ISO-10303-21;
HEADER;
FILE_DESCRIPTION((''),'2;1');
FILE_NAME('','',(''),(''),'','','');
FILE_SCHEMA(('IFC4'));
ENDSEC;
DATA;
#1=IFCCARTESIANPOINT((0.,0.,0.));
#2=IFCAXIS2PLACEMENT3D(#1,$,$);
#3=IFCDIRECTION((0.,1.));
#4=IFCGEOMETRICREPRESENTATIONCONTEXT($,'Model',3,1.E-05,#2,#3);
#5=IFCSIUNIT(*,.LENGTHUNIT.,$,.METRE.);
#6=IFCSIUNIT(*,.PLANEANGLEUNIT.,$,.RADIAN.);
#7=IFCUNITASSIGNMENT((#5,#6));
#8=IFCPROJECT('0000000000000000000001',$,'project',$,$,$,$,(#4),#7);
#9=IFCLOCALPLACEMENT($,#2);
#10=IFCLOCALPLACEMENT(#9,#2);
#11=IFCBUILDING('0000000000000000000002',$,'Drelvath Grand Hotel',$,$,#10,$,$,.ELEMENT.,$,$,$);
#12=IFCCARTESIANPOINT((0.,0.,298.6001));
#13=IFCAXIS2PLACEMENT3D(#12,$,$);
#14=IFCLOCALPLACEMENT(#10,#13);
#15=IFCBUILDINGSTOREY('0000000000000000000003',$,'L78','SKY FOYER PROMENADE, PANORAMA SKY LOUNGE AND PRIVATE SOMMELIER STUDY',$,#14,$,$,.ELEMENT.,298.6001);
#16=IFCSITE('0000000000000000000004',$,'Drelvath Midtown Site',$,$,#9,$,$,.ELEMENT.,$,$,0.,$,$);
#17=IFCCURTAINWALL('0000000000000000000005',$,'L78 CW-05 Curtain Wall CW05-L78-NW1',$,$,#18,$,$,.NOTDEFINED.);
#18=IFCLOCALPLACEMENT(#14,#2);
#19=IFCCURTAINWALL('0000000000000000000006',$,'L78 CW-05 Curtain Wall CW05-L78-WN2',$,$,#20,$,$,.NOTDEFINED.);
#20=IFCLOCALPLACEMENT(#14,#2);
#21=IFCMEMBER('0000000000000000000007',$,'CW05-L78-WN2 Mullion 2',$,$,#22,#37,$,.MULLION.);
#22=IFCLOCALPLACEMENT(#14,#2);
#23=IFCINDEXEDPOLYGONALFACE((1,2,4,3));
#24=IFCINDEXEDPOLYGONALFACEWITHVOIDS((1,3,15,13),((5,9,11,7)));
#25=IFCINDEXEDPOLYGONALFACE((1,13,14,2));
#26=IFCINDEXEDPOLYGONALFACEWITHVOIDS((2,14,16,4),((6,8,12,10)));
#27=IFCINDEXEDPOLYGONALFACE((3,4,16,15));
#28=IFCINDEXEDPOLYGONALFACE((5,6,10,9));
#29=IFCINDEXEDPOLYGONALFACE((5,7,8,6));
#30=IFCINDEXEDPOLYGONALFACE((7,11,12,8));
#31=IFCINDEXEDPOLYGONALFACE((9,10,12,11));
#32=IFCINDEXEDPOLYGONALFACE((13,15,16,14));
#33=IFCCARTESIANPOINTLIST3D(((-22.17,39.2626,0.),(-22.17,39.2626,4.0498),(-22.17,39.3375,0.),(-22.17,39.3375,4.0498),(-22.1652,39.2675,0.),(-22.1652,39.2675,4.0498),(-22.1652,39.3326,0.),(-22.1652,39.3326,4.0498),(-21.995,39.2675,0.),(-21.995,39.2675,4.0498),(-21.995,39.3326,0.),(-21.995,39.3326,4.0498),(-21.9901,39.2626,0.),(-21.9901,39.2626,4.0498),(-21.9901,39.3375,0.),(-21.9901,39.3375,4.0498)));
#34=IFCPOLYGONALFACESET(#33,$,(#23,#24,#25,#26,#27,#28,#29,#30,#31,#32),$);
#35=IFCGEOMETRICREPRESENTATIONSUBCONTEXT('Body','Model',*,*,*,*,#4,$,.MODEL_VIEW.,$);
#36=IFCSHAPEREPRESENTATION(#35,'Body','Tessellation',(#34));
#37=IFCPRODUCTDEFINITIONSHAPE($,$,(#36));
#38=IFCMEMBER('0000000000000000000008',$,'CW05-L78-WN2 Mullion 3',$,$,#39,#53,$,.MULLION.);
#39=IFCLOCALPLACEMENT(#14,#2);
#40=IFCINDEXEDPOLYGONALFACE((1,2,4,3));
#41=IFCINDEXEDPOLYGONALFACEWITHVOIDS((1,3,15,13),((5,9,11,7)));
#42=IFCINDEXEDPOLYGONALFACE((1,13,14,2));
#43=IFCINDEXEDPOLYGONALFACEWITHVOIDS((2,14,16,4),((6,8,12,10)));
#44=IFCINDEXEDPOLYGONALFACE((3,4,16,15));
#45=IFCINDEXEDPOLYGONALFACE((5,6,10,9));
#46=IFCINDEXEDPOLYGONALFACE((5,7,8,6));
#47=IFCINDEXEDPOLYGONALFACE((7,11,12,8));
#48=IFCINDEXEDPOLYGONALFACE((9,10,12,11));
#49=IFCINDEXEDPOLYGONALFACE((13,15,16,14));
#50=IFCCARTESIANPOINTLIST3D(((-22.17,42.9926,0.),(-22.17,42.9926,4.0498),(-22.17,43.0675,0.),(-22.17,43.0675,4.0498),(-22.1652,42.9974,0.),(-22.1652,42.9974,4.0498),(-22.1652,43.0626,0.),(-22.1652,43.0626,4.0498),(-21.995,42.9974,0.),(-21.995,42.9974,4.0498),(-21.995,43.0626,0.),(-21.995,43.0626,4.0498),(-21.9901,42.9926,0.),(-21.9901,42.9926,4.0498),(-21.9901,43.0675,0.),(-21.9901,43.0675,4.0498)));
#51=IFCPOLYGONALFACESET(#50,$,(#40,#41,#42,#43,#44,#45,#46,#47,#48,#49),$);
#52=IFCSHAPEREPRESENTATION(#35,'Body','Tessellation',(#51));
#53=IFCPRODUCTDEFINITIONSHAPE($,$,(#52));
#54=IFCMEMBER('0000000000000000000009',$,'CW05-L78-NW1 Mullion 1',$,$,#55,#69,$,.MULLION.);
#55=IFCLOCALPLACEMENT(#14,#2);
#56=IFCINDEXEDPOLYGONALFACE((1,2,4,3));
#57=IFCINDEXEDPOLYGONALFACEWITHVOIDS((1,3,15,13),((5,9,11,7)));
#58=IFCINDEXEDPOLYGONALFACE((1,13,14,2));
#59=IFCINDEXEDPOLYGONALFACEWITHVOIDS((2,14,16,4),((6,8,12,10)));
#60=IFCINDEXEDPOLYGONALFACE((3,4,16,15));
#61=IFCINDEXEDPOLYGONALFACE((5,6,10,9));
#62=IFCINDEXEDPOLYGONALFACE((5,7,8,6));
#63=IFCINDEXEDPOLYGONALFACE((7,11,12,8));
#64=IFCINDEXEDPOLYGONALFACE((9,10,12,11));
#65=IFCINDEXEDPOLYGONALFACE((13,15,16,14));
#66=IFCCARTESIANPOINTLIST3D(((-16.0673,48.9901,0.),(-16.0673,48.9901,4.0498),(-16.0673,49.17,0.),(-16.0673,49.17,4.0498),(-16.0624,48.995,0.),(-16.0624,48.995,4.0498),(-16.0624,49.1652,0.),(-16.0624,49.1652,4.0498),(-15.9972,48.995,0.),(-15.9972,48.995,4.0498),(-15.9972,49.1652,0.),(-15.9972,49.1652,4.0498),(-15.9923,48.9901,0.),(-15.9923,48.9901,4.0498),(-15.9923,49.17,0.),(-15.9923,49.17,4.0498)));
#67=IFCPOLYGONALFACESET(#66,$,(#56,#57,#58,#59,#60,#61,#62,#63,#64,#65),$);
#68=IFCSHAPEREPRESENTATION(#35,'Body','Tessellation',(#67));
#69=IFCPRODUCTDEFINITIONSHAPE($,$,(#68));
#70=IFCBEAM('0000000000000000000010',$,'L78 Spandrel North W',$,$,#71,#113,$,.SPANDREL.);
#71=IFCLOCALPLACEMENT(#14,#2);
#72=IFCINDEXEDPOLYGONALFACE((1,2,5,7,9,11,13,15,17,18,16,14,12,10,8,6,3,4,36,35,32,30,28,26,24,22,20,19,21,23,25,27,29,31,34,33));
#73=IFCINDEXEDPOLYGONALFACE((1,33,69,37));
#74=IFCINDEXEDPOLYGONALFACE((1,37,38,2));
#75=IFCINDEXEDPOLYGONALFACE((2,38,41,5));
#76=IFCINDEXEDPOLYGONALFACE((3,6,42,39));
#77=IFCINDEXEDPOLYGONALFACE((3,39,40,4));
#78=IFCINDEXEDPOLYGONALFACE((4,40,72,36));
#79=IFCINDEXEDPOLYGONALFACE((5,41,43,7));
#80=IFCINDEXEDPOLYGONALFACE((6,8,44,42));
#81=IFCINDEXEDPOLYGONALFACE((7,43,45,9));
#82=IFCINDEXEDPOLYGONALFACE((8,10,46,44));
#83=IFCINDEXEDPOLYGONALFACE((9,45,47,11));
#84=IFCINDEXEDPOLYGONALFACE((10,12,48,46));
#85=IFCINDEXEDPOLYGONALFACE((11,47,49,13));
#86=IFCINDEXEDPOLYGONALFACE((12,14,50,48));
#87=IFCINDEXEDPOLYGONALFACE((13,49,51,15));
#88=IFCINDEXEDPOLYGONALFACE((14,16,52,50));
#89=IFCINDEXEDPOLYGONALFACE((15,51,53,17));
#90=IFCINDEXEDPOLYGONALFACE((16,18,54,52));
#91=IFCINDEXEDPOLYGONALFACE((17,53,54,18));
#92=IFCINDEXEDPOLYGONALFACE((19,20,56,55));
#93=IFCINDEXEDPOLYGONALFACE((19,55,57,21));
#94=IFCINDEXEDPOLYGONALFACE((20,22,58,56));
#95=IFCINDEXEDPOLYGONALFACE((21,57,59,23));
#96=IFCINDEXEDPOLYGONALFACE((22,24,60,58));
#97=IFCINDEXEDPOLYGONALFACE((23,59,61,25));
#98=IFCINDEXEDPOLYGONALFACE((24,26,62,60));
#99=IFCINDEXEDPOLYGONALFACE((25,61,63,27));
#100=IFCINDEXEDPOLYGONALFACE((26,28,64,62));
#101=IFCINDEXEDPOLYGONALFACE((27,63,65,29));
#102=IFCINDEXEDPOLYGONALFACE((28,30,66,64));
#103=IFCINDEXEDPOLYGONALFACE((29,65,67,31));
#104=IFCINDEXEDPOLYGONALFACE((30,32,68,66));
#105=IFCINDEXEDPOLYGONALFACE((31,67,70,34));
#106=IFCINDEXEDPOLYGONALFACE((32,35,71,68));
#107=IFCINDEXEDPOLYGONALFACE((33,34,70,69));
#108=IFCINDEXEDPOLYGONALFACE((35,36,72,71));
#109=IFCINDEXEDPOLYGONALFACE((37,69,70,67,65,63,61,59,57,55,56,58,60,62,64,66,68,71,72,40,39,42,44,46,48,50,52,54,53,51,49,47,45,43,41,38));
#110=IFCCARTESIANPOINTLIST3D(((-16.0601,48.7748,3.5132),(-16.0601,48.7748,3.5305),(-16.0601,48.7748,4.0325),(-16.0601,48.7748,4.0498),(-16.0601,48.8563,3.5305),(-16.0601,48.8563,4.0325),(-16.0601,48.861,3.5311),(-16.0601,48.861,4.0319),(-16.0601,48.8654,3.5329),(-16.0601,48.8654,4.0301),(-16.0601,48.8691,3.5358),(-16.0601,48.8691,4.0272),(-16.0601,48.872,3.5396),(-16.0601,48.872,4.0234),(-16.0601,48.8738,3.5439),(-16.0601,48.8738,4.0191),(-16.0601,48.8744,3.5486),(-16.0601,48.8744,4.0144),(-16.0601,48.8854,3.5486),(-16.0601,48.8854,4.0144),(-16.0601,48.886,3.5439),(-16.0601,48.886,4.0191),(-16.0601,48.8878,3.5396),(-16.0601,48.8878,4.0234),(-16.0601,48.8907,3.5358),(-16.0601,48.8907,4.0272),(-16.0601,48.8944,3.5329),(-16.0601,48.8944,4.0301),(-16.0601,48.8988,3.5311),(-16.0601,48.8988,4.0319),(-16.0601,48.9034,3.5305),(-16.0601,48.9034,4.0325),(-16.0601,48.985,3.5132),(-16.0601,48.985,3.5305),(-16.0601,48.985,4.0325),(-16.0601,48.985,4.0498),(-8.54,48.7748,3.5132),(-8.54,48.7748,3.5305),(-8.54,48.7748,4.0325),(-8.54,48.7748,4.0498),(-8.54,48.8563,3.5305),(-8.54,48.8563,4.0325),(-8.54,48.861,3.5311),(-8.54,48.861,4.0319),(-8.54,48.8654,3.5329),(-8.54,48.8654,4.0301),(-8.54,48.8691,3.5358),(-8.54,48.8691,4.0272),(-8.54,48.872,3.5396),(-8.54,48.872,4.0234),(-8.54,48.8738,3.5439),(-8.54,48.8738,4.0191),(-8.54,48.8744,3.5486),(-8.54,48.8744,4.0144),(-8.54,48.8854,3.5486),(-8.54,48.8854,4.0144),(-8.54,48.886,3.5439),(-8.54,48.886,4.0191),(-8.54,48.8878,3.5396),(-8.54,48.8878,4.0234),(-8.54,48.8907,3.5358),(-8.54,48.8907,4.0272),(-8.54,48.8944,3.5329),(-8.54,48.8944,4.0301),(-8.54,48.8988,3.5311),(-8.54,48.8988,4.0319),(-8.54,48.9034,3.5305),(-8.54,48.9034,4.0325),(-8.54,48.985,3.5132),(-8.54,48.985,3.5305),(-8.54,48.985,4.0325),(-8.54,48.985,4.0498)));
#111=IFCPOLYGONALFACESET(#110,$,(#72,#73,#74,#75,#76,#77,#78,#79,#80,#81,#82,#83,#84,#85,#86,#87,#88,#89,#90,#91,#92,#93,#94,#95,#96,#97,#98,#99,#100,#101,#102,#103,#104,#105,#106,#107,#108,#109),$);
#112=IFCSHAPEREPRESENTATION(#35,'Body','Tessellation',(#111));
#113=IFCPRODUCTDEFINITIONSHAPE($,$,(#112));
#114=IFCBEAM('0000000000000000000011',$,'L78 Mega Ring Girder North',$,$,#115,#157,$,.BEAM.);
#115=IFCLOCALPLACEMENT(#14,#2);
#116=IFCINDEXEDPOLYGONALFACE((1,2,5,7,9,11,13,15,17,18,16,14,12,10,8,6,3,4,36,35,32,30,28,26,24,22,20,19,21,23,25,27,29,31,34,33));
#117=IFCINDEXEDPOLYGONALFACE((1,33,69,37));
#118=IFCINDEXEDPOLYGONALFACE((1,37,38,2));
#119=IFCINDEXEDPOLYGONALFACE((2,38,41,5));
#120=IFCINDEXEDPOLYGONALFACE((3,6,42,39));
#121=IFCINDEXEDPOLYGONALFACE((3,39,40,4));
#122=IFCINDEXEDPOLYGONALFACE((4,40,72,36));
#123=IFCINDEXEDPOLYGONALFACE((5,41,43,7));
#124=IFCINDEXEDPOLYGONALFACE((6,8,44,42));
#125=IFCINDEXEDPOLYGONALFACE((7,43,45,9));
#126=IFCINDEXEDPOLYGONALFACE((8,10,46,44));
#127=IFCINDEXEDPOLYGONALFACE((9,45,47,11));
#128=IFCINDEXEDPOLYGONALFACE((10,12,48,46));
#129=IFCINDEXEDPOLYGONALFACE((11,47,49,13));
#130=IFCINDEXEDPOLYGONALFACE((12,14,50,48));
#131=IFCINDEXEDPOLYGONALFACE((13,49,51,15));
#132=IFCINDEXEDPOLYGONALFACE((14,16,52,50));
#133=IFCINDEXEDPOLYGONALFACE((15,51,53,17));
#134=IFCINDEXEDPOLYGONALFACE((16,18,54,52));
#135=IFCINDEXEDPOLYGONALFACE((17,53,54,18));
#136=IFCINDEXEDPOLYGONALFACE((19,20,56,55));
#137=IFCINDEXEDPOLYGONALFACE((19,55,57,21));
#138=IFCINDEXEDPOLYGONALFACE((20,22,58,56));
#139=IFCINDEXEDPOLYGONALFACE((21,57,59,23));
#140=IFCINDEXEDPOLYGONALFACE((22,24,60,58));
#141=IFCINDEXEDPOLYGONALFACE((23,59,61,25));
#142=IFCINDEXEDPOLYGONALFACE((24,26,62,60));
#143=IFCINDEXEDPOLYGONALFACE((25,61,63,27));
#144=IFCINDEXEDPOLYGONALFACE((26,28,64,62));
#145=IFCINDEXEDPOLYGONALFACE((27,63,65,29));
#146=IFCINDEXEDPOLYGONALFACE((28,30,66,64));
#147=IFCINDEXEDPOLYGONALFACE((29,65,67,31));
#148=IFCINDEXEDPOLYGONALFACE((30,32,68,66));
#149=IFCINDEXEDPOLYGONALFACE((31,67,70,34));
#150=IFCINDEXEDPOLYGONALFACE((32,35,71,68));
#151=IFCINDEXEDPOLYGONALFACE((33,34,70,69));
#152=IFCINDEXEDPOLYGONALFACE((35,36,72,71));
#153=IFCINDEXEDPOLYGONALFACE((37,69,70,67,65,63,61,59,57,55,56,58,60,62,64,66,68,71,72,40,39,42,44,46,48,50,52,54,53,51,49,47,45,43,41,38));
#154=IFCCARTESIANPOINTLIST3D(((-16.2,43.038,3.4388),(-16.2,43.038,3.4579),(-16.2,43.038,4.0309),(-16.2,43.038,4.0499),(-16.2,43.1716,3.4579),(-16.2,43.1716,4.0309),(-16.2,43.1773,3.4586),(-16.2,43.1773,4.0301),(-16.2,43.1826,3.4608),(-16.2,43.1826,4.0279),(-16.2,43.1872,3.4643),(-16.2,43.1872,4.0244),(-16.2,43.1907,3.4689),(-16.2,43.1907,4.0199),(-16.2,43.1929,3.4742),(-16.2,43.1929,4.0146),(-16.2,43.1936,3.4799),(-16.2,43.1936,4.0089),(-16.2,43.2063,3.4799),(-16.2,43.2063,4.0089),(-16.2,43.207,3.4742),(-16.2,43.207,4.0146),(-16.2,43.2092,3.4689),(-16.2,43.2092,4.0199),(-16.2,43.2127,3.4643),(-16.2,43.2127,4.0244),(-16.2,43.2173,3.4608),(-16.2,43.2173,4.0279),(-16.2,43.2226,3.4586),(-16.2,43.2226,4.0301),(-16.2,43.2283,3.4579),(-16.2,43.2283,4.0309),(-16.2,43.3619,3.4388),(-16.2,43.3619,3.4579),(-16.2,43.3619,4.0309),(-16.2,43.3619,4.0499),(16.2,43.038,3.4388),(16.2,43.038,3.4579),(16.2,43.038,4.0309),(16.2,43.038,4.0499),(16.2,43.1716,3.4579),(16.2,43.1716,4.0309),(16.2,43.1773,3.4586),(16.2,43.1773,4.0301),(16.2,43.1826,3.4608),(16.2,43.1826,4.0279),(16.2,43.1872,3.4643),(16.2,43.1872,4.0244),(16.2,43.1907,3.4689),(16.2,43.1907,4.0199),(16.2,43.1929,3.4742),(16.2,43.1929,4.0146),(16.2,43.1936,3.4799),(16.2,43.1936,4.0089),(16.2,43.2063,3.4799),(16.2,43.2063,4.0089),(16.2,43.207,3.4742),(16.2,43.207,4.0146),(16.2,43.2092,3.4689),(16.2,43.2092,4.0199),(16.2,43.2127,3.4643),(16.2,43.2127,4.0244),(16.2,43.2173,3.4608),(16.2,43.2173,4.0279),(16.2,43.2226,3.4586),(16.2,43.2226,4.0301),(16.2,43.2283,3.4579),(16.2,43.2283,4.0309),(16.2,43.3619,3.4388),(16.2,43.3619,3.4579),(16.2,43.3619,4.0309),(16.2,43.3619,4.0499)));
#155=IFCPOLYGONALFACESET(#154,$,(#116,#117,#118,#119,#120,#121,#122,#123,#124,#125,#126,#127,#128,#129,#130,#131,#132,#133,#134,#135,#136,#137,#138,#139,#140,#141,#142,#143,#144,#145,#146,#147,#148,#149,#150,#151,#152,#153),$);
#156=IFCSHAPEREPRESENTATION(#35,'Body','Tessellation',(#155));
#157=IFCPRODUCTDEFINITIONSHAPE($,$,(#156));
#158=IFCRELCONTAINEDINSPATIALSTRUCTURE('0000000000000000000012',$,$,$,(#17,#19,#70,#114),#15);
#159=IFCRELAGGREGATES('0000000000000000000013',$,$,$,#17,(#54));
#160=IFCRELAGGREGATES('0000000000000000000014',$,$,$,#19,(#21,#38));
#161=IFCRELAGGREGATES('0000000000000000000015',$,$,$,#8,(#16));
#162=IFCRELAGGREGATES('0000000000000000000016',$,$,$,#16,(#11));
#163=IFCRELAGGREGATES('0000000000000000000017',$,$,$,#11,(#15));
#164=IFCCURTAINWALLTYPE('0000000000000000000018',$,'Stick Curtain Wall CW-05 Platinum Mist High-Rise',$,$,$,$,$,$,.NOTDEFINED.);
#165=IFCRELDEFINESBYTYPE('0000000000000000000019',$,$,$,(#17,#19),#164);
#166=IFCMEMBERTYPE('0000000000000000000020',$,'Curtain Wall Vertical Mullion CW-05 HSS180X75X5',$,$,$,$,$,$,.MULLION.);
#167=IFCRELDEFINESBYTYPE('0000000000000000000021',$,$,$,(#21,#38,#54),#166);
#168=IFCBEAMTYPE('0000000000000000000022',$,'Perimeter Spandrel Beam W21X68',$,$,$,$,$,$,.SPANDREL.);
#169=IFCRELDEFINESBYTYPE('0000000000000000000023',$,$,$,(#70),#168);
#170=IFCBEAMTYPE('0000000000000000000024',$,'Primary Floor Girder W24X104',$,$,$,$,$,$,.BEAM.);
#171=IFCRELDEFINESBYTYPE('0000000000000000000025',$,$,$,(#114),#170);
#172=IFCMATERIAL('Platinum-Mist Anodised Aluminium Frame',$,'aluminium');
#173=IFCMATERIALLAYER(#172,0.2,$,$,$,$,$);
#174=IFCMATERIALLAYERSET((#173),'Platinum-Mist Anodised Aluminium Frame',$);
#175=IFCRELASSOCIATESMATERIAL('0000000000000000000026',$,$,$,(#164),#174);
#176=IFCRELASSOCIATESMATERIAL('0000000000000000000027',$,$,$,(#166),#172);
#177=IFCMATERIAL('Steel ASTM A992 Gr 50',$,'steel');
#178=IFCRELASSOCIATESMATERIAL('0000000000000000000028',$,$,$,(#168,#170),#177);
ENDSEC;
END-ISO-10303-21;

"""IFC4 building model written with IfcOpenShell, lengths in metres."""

from ifc_helpers import new_model, si_unit, direction, frame, origin, origin_2d, place, context, subcontext, project, spatial, hollow_rectangle, i_section, extrude, material, layer, layer_set, material_profile, profile_set, type_object, element, aggregate, save


model = new_model("IFC4")

# Units and contexts
model_context = context("Model", 3, precision=1e-05, world=origin(), true_north=direction((0.0, 1.0)))
body_context = subcontext(model_context, "Body", "Model", "MODEL_VIEW")
ifc_project = project(units=[si_unit("LENGTHUNIT", "METRE"), si_unit("PLANEANGLEUNIT", "RADIAN")], contexts=[model_context])

# Site, building, storey
site_placement = place(None, origin())
site = spatial("IfcSite", under=ifc_project, at=site_placement, Name="Drelvath Midtown Site", CompositionType="ELEMENT", RefElevation=0.0)
building_placement = place(site_placement, origin())
building = spatial("IfcBuilding", under=site, at=building_placement, Name="Drelvath Grand Hotel", CompositionType="ELEMENT")
storey_placement = place(building_placement, frame((0.0, 0.0, 298.6001)))
storey = spatial("IfcBuildingStorey", under=building, at=storey_placement, Name="L78", Description="SKY FOYER PROMENADE, PANORAMA SKY LOUNGE AND PRIVATE SOMMELIER STUDY", CompositionType="ELEMENT", Elevation=298.6001)

# Shared definitions
ifc_material_1 = material(Name="Steel ASTM A992 Gr 50", Category="steel")

# Curtain wall
ifc_material_2 = material(Name="Platinum-Mist Anodised Aluminium Frame", Category="aluminium")
ifc_layer_1 = layer(ifc_material_2, 0.2)
ifc_layer_set_1 = layer_set([ifc_layer_1], Name="Platinum-Mist Anodised Aluminium Frame")
curtain_wall_type = type_object("IfcCurtainWallType", Name="Stick Curtain Wall CW-05 Platinum Mist High-Rise", PredefinedType="NOTDEFINED", material=ifc_layer_set_1)
curtain_wall_1_placement = place(storey_placement, origin())
curtain_wall_1 = element("IfcCurtainWall", 1, at=curtain_wall_1_placement, inside=storey, type_object=curtain_wall_type, Name="L78 CW-05 Curtain Wall CW05-L78-NW1", PredefinedType="NOTDEFINED")

# Curtain wall, members
curtain_wall_2_placement = place(storey_placement, origin())
curtain_wall_2 = element("IfcCurtainWall", 2, at=curtain_wall_2_placement, inside=storey, type_object=curtain_wall_type, Name="L78 CW-05 Curtain Wall CW05-L78-WN2", PredefinedType="NOTDEFINED")
ifc_material_profile_1 = material_profile(ifc_material_2, hollow_rectangle(XDim=0.075, YDim=0.1799, WallThickness=0.0049, at=origin_2d()), Name="HSS180X75X5")
ifc_profile_set_1 = profile_set([ifc_material_profile_1], Name="Platinum-Mist Anodised Aluminium Frame")
member_type_1 = type_object("IfcMemberType", Name="Curtain Wall Vertical Mullion CW-05 HSS180X75X5", PredefinedType="MULLION", material=ifc_profile_set_1)
member_1_placement = place(storey_placement, frame((-22.0801, 39.3, 0.0), z_axis=(0.0, 0.0, 1.0), x_axis=(0.0, 1.0, 0.0)))
member_1 = element("IfcMember", 3, at=member_1_placement, type_object=member_type_1, Name="CW05-L78-WN2 Mullion 2", PredefinedType="MULLION", context=body_context, shape_type="SweptSolid", body=[
    extrude(hollow_rectangle(XDim=0.075, YDim=0.1799, WallThickness=0.0049, at=origin_2d()), origin(), (0.0, 0.0, 1.0), 4.0498),
])
member_2_placement = place(storey_placement, frame((-22.0801, 43.03, 0.0), z_axis=(0.0, 0.0, 1.0), x_axis=(0.0, 1.0, 0.0)))
member_2 = element("IfcMember", 4, at=member_2_placement, type_object=member_type_1, Name="CW05-L78-WN2 Mullion 3", PredefinedType="MULLION", context=body_context, shape_type="SweptSolid", body=[
    extrude(hollow_rectangle(XDim=0.075, YDim=0.1799, WallThickness=0.0049, at=origin_2d()), origin(), (0.0, 0.0, 1.0), 4.0498),
])

# Member
member_3_placement = place(storey_placement, frame((-16.0298, 49.0801, 0.0), z_axis=(0.0, 0.0, 1.0), x_axis=(1.0, 0.0, 0.0)))
member_3 = element("IfcMember", 5, at=member_3_placement, type_object=member_type_1, Name="CW05-L78-NW1 Mullion 1", PredefinedType="MULLION", context=body_context, shape_type="SweptSolid", body=[
    extrude(hollow_rectangle(XDim=0.075, YDim=0.1799, WallThickness=0.0049, at=origin_2d()), origin(), (0.0, 0.0, 1.0), 4.0498),
])
aggregate(curtain_wall_1, [member_3])

# Beams
ifc_material_profile_2 = material_profile(ifc_material_1, i_section(OverallWidth=0.2102, OverallDepth=0.5366, WebThickness=0.011, FlangeThickness=0.0173, FilletRadius=0.0181, at=origin_2d()), Name="W21X68")
ifc_profile_set_2 = profile_set([ifc_material_profile_2], Name="Steel ASTM A992 Gr 50")
beam_type_1 = type_object("IfcBeamType", Name="Perimeter Spandrel Beam W21X68", PredefinedType="SPANDREL", material=ifc_profile_set_2)
beam_1_placement = place(storey_placement, frame((-16.0601, 48.8799, 3.7815), z_axis=(1.0, 0.0, 0.0), x_axis=(0.0, 1.0, 0.0)))
element("IfcBeam", 6, at=beam_1_placement, inside=storey, type_object=beam_type_1, Name="L78 Spandrel North W", PredefinedType="SPANDREL", context=body_context, shape_type="SweptSolid", body=[
    extrude(i_section(OverallWidth=0.2102, OverallDepth=0.5366, WebThickness=0.011, FlangeThickness=0.0173, FilletRadius=0.0181, at=origin_2d()), origin(), (0.0, 0.0, 1.0), 7.52),
])
ifc_material_profile_3 = material_profile(ifc_material_1, i_section(OverallWidth=0.324, OverallDepth=0.6111, WebThickness=0.0127, FlangeThickness=0.019, FilletRadius=0.022, at=origin_2d()), Name="W24X104")
ifc_profile_set_3 = profile_set([ifc_material_profile_3], Name="Steel ASTM A992 Gr 50")
beam_type_2 = type_object("IfcBeamType", Name="Primary Floor Girder W24X104", PredefinedType="BEAM", material=ifc_profile_set_3)
beam_2_placement = place(storey_placement, frame((-16.2, 43.2, 3.7444), z_axis=(1.0, 0.0, 0.0), x_axis=(0.0, 1.0, 0.0)))
element("IfcBeam", 7, at=beam_2_placement, inside=storey, type_object=beam_type_2, Name="L78 Mega Ring Girder North", PredefinedType="BEAM", context=body_context, shape_type="SweptSolid", body=[
    extrude(i_section(OverallWidth=0.324, OverallDepth=0.6111, WebThickness=0.0127, FlangeThickness=0.019, FilletRadius=0.022, at=origin_2d()), origin(), (0.0, 0.0, 1.0), 32.3999),
])

aggregate(curtain_wall_2, [member_1, member_2])

save(model, "model.ifc")
